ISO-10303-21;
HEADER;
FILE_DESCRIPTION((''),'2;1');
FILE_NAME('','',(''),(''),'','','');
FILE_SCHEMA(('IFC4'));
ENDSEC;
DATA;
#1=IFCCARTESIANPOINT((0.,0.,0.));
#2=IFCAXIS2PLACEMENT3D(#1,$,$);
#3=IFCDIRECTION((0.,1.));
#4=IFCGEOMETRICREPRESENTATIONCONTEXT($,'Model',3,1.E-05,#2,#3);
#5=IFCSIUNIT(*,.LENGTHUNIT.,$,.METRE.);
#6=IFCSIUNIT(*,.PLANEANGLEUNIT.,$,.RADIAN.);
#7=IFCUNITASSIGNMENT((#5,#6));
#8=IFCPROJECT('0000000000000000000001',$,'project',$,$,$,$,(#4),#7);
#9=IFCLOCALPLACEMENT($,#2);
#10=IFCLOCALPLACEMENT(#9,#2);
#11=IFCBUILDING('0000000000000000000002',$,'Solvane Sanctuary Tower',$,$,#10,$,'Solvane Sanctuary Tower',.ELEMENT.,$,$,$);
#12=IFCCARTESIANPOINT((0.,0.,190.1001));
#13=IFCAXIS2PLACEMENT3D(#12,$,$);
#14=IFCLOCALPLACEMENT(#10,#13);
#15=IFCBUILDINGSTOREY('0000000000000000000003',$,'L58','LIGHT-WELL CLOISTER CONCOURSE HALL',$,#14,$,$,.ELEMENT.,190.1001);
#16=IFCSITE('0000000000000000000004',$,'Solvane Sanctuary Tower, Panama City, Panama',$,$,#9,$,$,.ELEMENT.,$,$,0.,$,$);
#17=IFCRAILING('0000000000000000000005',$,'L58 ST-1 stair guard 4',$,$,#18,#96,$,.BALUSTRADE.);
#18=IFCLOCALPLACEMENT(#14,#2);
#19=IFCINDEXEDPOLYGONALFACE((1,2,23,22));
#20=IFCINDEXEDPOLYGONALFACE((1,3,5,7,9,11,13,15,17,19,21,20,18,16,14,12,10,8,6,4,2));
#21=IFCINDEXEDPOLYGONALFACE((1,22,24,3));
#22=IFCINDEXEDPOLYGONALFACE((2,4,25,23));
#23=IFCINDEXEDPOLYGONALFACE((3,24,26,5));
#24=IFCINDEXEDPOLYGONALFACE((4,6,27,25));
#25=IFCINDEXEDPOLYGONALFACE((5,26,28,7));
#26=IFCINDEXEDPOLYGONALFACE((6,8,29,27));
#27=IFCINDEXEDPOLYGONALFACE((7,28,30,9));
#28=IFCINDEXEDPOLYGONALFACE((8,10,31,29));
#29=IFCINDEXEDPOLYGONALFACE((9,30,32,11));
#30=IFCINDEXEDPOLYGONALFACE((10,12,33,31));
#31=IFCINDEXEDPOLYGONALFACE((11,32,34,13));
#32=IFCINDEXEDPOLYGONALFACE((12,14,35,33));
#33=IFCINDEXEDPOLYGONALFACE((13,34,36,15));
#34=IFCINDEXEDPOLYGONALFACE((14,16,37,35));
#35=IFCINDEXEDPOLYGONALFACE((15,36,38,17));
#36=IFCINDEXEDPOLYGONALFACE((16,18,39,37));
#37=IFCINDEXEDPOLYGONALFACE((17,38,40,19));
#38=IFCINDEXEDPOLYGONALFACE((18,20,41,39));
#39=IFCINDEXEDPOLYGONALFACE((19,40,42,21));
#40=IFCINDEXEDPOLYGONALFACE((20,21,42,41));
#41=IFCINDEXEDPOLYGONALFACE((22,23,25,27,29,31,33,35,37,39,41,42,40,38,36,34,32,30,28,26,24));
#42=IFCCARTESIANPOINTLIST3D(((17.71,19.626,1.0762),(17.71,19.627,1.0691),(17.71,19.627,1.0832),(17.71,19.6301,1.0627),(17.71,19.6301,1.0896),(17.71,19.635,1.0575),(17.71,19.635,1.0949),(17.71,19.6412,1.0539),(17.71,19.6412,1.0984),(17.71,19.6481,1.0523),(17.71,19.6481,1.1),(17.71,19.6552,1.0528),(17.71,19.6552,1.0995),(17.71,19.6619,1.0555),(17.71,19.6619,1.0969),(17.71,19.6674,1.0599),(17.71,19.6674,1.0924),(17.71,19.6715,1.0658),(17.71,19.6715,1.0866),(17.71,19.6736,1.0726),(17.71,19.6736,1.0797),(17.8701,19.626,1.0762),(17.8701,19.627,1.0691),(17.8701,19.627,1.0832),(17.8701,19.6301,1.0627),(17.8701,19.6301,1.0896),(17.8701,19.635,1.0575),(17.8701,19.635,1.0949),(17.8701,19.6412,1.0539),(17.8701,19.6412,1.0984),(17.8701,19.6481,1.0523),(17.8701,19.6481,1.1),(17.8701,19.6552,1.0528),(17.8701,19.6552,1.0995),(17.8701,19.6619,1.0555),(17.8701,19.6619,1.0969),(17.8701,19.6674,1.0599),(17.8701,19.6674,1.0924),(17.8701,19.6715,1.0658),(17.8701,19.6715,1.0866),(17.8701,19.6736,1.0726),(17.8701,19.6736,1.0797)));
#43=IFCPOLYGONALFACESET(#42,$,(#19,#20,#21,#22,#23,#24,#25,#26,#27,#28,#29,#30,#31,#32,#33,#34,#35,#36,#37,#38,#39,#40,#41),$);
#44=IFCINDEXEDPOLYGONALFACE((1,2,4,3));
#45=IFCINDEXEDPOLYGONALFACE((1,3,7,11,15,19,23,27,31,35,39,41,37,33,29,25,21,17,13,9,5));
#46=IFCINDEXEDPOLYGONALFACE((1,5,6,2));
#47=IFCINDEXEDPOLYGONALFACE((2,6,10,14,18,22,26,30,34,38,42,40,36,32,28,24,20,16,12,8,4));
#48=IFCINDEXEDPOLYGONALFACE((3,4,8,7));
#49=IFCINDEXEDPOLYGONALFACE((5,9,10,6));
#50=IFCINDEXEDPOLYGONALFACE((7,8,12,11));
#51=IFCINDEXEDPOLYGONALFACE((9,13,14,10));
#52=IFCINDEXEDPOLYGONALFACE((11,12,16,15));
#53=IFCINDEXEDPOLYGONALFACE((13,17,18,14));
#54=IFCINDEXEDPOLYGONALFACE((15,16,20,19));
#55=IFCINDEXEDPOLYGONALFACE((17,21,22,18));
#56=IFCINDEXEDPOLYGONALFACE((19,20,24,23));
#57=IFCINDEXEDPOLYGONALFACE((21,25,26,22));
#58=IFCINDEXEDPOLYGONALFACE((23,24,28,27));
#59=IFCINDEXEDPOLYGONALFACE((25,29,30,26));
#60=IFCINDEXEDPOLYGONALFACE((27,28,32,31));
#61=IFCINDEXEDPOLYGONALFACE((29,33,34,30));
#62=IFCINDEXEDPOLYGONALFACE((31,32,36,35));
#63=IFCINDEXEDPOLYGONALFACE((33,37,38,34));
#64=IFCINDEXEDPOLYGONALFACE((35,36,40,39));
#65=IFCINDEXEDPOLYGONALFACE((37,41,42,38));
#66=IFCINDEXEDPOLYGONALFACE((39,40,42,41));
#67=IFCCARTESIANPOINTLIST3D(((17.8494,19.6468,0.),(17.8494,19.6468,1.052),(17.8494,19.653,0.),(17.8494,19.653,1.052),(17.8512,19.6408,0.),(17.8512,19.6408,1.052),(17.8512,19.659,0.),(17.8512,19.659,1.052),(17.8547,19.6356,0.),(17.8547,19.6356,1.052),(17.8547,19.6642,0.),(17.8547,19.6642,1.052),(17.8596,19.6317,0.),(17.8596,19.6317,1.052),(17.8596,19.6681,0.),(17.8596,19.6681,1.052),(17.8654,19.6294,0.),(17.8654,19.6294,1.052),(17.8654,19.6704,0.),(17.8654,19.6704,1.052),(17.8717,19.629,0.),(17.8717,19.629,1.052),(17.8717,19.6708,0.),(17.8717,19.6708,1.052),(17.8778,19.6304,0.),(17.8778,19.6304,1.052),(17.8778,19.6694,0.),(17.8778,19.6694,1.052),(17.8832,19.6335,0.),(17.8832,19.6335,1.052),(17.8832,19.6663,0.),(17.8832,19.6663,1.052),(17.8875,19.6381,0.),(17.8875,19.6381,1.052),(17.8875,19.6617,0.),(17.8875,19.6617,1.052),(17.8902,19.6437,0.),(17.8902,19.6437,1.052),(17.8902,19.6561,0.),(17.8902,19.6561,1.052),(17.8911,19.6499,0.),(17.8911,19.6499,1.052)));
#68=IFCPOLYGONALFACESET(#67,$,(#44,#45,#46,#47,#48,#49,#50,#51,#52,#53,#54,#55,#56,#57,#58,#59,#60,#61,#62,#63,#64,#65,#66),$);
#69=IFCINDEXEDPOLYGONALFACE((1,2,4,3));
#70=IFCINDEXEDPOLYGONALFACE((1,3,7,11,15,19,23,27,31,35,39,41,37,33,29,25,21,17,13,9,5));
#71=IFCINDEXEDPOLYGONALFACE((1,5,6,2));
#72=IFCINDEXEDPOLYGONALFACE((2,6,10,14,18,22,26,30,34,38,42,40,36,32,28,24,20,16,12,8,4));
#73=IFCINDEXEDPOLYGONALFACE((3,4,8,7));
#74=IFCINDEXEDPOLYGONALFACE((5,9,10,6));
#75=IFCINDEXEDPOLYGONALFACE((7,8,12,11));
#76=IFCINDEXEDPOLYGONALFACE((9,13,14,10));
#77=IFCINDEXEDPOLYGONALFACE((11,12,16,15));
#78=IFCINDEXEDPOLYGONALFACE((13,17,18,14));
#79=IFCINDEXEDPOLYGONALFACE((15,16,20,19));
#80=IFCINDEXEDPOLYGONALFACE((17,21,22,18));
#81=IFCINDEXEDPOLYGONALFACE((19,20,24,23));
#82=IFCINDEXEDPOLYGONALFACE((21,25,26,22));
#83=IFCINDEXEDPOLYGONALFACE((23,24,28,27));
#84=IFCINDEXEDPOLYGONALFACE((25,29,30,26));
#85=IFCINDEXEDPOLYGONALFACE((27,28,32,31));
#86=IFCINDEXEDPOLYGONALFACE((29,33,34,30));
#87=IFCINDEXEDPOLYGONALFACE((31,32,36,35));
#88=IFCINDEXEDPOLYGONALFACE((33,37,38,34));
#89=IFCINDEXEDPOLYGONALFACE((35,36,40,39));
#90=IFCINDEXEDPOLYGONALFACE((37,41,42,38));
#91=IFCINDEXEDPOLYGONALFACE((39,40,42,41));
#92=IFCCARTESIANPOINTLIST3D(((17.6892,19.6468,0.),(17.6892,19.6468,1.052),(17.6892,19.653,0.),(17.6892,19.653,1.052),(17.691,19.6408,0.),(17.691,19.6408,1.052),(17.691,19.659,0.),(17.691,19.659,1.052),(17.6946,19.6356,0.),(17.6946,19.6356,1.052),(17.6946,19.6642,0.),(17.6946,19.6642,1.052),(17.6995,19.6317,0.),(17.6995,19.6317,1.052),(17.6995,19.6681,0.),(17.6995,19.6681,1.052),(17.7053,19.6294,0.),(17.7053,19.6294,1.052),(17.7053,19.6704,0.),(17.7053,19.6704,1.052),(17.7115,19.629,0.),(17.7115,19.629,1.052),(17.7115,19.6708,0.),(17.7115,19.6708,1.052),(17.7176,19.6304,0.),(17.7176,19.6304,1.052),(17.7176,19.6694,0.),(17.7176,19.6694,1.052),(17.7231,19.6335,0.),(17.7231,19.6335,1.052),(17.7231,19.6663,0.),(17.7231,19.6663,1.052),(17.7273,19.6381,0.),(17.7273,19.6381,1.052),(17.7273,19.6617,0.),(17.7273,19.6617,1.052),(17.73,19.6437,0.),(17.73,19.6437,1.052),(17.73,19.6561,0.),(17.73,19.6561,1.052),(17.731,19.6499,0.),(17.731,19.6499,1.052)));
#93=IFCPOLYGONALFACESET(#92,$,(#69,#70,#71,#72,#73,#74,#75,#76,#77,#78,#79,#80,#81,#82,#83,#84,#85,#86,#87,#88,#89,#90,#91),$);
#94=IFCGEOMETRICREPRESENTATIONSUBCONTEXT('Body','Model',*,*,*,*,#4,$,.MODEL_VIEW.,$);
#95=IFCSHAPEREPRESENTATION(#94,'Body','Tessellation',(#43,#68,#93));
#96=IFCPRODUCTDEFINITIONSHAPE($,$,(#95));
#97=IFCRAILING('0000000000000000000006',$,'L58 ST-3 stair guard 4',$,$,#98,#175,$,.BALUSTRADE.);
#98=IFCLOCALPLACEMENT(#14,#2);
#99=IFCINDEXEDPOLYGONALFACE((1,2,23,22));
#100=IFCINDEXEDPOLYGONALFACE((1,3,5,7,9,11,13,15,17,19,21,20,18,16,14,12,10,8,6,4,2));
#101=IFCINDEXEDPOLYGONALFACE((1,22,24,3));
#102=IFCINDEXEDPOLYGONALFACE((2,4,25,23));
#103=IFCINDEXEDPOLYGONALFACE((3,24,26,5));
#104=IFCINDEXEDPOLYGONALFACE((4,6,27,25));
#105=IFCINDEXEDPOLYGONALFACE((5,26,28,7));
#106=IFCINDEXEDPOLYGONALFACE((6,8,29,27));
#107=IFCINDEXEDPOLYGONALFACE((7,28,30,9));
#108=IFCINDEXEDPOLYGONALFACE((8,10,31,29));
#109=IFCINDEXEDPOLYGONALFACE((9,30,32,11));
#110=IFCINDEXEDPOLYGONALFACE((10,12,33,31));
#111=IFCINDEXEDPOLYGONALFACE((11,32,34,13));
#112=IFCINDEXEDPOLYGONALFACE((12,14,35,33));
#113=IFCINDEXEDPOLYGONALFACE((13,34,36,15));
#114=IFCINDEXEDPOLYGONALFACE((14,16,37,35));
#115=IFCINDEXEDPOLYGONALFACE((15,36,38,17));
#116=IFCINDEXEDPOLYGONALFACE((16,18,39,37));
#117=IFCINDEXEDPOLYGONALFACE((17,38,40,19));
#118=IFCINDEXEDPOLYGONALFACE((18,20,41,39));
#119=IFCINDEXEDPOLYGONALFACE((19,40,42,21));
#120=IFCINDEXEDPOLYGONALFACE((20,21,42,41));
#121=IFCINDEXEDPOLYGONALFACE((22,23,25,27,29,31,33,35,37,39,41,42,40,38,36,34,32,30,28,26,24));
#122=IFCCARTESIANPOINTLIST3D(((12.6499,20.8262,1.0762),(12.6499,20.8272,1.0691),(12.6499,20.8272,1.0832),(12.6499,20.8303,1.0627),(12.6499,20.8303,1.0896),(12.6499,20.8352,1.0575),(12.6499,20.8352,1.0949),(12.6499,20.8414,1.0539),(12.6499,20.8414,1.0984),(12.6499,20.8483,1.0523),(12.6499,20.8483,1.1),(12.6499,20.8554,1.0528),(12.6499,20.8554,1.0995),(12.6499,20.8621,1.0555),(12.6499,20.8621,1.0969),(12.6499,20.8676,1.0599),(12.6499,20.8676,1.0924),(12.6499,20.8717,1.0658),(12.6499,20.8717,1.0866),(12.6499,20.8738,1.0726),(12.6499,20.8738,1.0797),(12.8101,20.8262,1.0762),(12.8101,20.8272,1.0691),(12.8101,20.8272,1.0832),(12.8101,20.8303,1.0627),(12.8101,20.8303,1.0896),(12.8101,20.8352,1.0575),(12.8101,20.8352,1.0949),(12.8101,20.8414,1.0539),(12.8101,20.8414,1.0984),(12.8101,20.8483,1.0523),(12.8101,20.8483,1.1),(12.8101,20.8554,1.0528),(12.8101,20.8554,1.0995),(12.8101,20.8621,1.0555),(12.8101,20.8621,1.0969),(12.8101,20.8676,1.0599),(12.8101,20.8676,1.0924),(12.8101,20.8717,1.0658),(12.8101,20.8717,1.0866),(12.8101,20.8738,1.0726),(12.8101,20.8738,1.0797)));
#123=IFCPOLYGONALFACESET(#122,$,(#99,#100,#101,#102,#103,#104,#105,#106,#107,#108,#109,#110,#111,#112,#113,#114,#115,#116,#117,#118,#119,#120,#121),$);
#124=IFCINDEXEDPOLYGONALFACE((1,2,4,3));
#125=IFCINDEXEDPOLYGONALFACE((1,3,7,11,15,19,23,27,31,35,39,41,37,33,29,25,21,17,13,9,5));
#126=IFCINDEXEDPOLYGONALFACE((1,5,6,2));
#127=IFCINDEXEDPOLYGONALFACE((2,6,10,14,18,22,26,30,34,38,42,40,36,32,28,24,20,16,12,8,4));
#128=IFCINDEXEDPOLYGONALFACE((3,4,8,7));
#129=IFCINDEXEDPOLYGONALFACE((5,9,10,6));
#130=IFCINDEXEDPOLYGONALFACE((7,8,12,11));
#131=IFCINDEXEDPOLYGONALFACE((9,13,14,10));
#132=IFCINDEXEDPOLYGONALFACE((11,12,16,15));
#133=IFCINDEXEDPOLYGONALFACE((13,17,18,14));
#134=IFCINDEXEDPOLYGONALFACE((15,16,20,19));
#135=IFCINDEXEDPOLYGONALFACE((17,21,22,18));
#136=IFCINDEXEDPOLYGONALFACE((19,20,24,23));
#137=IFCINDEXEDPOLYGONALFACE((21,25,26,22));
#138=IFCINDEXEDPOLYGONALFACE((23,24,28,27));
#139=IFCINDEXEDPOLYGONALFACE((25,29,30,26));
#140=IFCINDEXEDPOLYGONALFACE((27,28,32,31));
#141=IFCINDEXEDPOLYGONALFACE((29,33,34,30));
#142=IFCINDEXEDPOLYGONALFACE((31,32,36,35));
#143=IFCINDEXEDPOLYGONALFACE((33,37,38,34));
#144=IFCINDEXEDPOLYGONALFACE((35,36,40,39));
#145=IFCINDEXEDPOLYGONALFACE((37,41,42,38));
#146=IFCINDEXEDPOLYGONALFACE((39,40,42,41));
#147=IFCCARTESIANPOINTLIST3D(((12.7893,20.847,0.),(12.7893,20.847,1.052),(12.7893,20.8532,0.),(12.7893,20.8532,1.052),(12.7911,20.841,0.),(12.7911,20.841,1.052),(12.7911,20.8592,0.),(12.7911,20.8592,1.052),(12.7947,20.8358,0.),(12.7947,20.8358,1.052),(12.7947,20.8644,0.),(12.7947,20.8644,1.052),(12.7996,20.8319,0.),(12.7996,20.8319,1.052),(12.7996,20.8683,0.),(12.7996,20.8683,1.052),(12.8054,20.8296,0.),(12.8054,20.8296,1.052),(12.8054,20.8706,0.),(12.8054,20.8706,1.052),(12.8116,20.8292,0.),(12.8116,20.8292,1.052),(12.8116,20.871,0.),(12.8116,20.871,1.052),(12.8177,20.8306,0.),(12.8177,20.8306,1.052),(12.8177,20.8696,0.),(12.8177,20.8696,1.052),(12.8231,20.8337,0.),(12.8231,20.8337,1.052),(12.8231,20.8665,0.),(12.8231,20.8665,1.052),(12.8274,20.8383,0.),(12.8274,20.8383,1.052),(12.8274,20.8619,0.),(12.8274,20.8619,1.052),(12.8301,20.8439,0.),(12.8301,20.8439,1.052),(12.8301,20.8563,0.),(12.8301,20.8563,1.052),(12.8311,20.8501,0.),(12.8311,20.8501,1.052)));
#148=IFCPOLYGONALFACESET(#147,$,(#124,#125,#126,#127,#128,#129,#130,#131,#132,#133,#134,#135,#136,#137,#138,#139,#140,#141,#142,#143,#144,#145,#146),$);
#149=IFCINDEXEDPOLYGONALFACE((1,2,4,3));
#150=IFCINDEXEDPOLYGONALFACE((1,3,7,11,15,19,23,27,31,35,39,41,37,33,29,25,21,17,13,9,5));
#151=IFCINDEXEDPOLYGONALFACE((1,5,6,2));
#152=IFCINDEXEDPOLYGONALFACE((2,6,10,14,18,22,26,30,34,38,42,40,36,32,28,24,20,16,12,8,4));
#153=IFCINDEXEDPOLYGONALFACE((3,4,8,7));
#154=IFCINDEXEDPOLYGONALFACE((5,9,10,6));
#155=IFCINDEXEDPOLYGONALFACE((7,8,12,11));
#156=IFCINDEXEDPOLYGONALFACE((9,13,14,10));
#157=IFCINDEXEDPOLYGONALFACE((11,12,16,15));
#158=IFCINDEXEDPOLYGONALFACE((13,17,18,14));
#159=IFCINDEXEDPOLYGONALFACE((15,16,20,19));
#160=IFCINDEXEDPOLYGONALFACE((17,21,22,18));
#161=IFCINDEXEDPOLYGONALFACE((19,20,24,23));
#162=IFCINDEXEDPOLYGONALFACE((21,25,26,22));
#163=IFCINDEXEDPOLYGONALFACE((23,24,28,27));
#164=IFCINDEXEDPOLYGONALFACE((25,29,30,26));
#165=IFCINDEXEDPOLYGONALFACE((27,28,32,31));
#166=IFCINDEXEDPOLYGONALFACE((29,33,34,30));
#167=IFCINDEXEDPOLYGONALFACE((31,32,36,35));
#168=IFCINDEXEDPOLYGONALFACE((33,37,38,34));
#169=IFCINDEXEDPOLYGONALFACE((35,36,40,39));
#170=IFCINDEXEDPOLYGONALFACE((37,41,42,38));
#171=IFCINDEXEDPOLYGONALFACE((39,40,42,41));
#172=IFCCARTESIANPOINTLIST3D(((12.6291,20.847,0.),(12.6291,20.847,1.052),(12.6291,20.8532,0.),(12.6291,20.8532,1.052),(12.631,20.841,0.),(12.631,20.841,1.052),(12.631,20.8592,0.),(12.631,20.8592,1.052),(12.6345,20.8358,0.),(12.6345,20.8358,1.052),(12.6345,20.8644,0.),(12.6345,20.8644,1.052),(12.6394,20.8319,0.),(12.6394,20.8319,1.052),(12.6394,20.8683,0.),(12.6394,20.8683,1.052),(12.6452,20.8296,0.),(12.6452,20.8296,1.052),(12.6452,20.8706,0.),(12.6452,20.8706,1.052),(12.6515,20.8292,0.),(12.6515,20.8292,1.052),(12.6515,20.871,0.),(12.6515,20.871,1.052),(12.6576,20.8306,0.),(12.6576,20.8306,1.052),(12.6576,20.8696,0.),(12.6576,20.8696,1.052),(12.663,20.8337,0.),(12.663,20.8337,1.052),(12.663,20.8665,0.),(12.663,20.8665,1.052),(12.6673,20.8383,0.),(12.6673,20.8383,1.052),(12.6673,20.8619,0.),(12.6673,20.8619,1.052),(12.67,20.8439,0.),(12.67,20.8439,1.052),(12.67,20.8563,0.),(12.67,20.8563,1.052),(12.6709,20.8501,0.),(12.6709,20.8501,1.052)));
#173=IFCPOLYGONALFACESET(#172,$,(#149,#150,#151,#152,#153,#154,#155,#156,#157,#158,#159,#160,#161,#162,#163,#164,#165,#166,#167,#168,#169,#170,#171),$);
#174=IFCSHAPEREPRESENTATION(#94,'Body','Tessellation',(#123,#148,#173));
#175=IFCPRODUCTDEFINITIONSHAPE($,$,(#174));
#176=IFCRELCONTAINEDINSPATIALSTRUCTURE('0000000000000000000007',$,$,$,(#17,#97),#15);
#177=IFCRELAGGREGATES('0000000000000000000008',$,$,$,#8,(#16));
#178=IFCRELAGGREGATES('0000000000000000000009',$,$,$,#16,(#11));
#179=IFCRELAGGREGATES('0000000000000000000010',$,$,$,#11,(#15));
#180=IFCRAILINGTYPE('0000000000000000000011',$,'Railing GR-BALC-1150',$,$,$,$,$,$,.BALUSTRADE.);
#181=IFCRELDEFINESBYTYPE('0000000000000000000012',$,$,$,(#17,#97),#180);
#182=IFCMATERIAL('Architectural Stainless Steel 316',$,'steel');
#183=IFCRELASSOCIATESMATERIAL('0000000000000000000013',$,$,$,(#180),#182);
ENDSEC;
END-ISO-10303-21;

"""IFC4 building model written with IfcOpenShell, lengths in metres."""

from ifc_helpers import new_model, si_unit, direction, frame, origin, origin_2d, place, context, subcontext, project, spatial, circle, extrude, material, type_object, element, save


model = new_model("IFC4")

# Units and contexts
model_context = context("Model", 3, precision=1e-05, world=origin(), true_north=direction((0.0, 1.0)))
body_context = subcontext(model_context, "Body", "Model", "MODEL_VIEW")
ifc_project = project(units=[si_unit("LENGTHUNIT", "METRE"), si_unit("PLANEANGLEUNIT", "RADIAN")], contexts=[model_context])

# Site, building, storey
site_placement = place(None, origin())
site = spatial("IfcSite", under=ifc_project, at=site_placement, Name="Solvane Sanctuary Tower, Panama City, Panama", CompositionType="ELEMENT", RefElevation=0.0)
building_placement = place(site_placement, origin())
building = spatial("IfcBuilding", under=site, at=building_placement, Name="Solvane Sanctuary Tower", LongName="Solvane Sanctuary Tower", CompositionType="ELEMENT")
storey_placement = place(building_placement, frame((0.0, 0.0, 190.1001)))
storey = spatial("IfcBuildingStorey", under=building, at=storey_placement, Name="L58", Description="LIGHT-WELL CLOISTER CONCOURSE HALL", CompositionType="ELEMENT", Elevation=190.1001)

# Shared definitions
ifc_material_1 = material(Name="Architectural Stainless Steel 316", Category="steel")

# Railings
railing_type = type_object("IfcRailingType", Name="Railing GR-BALC-1150", PredefinedType="BALUSTRADE", material=ifc_material_1)
for number, where, name in (
    (1, (17.8701, 19.6499, 0.0), "L58 ST-1 stair guard 4"),
    (2, (12.8101, 20.8501, 0.0), "L58 ST-3 stair guard 4"),
):
    element("IfcRailing", number, at=place(storey_placement, frame(where)), inside=storey, type_object=railing_type, Name=name, PredefinedType="BALUSTRADE", context=body_context, shape_type="SweptSolid", body=[
        extrude(circle(Radius=0.0239, at=origin_2d()), frame((0.0, 0.0, 1.0762), z_axis=(-1.0, 0.0, 0.0), x_axis=(0.0, -1.0, 0.0)), (0.0, 0.0, 1.0), 0.1602),
        extrude(circle(Radius=0.021, at=origin_2d()), origin(), (0.0, 0.0, 1.0), 1.052),
        extrude(circle(Radius=0.021, at=origin_2d()), frame((-0.1602, 0.0, 0.0)), (0.0, 0.0, 1.0), 1.052),
    ])

save(model, "model.ifc")
